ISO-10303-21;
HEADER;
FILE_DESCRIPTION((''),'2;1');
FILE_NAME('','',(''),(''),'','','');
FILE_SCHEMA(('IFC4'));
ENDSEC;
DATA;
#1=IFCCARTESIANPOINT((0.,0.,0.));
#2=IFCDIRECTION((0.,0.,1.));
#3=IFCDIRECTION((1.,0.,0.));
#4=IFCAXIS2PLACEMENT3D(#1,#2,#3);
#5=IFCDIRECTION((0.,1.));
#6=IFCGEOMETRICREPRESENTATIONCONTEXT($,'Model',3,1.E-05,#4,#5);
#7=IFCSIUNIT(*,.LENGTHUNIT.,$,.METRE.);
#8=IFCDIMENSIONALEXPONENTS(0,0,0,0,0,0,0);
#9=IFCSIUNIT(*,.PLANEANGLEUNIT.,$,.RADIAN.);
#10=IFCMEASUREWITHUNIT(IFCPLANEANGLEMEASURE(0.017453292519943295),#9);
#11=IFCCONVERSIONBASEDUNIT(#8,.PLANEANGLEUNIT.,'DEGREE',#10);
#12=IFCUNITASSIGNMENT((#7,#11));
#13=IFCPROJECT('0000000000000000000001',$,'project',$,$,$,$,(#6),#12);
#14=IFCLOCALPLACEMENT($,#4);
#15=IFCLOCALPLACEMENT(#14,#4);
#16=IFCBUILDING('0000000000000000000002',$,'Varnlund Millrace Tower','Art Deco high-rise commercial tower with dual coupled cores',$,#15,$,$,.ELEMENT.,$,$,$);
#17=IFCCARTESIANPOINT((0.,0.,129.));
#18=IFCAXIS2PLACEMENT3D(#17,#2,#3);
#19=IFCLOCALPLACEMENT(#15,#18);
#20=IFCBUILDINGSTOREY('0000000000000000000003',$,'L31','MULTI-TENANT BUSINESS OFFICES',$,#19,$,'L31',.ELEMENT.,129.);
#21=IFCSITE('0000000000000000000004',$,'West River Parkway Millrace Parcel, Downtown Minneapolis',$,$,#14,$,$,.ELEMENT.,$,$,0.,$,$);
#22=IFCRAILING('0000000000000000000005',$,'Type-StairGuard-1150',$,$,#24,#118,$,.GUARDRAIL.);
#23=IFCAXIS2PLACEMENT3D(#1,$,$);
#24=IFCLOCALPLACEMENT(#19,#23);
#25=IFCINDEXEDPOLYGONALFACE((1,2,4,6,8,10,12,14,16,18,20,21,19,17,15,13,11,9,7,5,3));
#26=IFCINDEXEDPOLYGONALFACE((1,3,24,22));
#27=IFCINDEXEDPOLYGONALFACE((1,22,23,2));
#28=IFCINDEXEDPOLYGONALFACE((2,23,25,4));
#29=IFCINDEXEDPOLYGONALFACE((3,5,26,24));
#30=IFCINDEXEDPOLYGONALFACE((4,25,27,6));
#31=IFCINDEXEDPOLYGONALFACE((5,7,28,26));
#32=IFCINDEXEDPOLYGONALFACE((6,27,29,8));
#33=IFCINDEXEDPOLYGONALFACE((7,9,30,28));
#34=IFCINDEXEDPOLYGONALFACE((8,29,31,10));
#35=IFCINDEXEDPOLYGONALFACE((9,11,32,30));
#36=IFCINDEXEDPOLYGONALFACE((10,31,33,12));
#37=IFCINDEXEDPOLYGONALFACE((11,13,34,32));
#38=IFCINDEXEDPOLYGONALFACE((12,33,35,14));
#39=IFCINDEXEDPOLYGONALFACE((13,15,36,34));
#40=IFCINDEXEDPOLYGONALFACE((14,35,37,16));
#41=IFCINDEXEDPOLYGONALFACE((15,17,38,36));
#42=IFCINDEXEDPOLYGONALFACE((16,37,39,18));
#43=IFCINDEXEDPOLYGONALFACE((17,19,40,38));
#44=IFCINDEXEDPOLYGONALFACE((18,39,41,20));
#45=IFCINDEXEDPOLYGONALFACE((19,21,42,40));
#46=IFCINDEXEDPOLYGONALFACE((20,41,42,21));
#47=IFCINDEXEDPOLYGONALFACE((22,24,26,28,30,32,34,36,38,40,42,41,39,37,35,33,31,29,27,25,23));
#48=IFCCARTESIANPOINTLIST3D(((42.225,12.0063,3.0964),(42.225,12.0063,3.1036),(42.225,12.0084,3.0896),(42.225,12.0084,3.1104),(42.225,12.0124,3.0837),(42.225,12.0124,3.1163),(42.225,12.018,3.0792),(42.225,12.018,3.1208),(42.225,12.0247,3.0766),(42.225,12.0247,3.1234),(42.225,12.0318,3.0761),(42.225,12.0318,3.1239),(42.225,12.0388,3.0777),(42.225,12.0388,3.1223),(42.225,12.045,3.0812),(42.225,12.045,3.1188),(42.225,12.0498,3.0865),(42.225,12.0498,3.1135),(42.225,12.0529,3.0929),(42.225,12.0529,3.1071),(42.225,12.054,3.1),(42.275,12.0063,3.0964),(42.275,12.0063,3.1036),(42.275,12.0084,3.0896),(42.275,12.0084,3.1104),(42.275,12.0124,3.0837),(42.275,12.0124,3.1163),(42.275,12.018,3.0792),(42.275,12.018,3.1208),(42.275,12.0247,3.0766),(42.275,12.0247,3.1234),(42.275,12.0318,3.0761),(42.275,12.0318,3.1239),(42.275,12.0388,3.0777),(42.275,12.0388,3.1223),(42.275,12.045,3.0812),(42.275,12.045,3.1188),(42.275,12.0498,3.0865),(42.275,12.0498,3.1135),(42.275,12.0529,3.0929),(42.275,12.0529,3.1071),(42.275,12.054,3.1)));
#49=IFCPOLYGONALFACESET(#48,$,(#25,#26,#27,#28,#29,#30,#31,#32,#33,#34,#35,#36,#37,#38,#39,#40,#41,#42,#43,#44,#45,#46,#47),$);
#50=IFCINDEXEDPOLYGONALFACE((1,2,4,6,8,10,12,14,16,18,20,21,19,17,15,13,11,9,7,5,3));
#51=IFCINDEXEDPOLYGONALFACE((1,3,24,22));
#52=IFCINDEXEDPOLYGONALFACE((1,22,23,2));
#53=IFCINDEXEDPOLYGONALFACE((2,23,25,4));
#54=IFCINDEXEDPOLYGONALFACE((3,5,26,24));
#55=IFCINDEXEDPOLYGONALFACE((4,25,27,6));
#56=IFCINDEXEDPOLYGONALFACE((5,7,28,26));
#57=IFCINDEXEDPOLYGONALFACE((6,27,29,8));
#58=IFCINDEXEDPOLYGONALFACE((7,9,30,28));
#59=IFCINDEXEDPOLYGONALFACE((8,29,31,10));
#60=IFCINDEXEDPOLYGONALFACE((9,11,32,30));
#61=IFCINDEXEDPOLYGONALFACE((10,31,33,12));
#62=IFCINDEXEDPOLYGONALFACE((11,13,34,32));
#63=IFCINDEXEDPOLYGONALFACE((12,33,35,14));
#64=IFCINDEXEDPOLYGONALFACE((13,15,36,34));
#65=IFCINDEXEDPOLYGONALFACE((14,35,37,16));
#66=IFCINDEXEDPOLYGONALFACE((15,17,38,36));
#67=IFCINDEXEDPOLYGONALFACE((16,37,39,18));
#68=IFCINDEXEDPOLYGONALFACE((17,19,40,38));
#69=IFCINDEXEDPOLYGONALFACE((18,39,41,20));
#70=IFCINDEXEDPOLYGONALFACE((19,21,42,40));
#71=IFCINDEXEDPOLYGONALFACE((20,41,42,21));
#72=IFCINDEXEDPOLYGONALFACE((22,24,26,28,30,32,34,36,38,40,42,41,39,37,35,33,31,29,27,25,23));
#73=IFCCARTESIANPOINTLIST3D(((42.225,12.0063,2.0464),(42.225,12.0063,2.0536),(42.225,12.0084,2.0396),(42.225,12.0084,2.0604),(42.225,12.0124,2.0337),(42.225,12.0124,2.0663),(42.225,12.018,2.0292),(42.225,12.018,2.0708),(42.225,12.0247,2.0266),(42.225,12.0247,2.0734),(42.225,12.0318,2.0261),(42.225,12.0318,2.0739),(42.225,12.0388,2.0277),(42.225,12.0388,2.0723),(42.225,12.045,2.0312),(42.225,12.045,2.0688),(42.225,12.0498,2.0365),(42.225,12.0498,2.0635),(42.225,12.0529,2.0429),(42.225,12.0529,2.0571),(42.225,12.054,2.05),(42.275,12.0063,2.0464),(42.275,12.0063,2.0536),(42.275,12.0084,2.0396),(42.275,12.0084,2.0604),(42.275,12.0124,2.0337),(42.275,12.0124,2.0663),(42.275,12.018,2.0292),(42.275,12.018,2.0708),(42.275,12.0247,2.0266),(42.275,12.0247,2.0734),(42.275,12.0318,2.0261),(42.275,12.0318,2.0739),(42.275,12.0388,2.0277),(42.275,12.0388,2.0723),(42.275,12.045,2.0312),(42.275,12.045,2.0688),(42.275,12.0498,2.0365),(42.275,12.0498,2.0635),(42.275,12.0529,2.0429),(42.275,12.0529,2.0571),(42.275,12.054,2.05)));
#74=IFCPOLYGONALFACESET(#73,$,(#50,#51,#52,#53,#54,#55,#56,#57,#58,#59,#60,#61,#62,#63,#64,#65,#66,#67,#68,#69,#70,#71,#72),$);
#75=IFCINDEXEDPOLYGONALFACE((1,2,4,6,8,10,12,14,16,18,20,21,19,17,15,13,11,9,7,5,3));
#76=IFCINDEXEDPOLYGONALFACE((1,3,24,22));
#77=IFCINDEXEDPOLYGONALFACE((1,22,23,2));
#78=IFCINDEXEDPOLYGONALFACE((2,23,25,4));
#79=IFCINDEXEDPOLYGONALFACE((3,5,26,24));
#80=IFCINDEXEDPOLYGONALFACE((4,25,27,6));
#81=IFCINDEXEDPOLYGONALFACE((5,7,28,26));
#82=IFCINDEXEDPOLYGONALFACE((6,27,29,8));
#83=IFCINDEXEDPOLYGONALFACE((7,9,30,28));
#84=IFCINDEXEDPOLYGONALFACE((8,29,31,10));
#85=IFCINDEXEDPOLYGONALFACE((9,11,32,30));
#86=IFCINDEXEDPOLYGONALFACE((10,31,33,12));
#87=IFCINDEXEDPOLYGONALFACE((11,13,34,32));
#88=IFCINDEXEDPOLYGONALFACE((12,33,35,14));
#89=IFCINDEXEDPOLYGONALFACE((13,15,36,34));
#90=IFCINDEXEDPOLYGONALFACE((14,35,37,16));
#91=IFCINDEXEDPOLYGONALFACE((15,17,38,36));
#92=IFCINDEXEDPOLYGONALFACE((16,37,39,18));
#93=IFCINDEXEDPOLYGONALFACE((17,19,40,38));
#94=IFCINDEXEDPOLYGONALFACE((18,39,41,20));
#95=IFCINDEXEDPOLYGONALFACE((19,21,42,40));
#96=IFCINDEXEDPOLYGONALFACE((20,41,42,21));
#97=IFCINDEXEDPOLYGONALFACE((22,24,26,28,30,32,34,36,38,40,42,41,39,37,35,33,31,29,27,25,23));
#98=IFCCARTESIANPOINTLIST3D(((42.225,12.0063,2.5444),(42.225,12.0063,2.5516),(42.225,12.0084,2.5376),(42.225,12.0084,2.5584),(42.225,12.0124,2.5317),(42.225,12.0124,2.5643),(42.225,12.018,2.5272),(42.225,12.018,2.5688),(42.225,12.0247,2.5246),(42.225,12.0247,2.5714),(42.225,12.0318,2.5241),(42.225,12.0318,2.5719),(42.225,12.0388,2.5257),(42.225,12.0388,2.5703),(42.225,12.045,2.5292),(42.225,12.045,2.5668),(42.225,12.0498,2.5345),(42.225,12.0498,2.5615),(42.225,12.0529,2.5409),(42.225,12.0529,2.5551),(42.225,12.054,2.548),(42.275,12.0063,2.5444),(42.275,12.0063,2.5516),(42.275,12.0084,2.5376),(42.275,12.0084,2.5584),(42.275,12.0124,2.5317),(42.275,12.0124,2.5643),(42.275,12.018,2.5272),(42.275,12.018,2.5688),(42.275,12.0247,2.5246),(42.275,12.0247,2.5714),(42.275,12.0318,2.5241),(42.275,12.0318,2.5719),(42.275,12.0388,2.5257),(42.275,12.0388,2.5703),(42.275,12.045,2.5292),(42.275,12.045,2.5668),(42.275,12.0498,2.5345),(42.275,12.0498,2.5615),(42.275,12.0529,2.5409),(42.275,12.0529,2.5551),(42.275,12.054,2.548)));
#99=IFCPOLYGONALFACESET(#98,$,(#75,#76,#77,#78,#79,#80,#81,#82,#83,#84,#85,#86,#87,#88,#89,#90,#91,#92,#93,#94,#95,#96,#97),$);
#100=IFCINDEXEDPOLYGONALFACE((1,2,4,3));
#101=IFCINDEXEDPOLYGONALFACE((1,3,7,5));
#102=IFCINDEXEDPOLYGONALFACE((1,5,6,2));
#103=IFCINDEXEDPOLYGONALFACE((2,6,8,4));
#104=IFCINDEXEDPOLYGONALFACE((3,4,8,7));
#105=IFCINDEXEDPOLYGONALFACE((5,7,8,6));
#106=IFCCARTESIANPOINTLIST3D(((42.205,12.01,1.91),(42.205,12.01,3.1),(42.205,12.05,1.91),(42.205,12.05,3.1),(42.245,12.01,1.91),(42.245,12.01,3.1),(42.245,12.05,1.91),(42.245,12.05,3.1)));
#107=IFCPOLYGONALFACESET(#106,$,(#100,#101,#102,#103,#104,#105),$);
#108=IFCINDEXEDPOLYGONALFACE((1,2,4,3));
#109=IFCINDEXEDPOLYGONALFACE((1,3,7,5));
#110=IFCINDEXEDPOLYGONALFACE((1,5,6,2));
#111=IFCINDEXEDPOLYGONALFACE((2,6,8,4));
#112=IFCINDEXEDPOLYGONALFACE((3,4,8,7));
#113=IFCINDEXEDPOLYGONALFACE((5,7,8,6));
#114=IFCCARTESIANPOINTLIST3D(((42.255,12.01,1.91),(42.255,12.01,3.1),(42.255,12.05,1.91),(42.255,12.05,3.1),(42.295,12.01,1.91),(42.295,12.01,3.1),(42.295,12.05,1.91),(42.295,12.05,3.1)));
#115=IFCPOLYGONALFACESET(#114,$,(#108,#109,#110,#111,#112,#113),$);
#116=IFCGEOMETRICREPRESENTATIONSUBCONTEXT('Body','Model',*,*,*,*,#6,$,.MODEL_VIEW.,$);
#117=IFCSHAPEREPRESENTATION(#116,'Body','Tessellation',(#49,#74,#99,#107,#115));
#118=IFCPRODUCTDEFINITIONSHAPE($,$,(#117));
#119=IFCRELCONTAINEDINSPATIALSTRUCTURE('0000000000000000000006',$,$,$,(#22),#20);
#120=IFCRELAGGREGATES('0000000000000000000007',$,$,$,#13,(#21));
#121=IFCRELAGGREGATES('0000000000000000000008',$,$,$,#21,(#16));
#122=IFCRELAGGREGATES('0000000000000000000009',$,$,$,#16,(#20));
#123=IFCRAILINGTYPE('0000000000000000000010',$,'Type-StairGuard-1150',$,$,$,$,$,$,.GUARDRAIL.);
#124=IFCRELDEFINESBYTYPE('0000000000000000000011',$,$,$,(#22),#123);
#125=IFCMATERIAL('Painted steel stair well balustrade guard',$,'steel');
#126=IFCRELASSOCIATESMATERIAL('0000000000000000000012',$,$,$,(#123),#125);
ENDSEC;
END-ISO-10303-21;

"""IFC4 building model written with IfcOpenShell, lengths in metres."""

from ifc_helpers import new_model, entity, si_unit, converted_unit, direction, frame, origin_with_axes, origin_2d_with_axis, place, context, subcontext, project, spatial, rectangle, circle, extrude, material, type_object, element, save


model = new_model("IFC4")

# Units and contexts
model_context = context("Model", 3, precision=1e-05, world=origin_with_axes(), true_north=direction((0.0, 1.0)))
body_context = subcontext(model_context, "Body", "Model", "MODEL_VIEW")
ifc_project = project(units=[si_unit("LENGTHUNIT", "METRE"), converted_unit("PLANEANGLEUNIT", "DEGREE", entity("IfcPlaneAngleMeasure", 0.017453292519943295), si_unit("PLANEANGLEUNIT", "RADIAN"), dimensions=[0, 0, 0, 0, 0, 0, 0])], contexts=[model_context])

# Site, building, storey
site_placement = place(None, origin_with_axes())
site = spatial("IfcSite", under=ifc_project, at=site_placement, Name="West River Parkway Millrace Parcel, Downtown Minneapolis", CompositionType="ELEMENT", RefElevation=0.0)
building_placement = place(site_placement, origin_with_axes())
building = spatial("IfcBuilding", under=site, at=building_placement, Name="Varnlund Millrace Tower", Description="Art Deco high-rise commercial tower with dual coupled cores", CompositionType="ELEMENT")
storey_placement = place(building_placement, frame((0.0, 0.0, 129.0), z_axis=(0.0, 0.0, 1.0), x_axis=(1.0, 0.0, 0.0)))
storey = spatial("IfcBuildingStorey", under=building, at=storey_placement, Name="L31", Description="MULTI-TENANT BUSINESS OFFICES", LongName="L31", CompositionType="ELEMENT", Elevation=129.0)

# Railing
ifc_material_1 = material(Name="Painted steel stair well balustrade guard", Category="steel")
railing_type_1 = type_object("IfcRailingType", Name="Type-StairGuard-1150", PredefinedType="GUARDRAIL", material=ifc_material_1)
railing_1_placement = place(storey_placement, frame((0.0, 0.0, -129.0), z_axis=(0.0, 0.0, 1.0), x_axis=(1.0, 0.0, 0.0)))
element("IfcRailing", 1, at=railing_1_placement, inside=storey, type_object=railing_type_1, Name="Type-StairGuard-1150", PredefinedType="GUARDRAIL", context=body_context, shape_type="SweptSolid", body=[
    extrude(circle(Radius=0.024, at=origin_2d_with_axis()), frame((42.225, 12.03, 132.1), z_axis=(1.0, 0.0, 0.0), x_axis=(0.0, 1.0, 0.0)), (0.0, 0.0, 1.0), 0.05),
    extrude(circle(Radius=0.024, at=origin_2d_with_axis()), frame((42.225, 12.03, 131.05), z_axis=(1.0, 0.0, 0.0), x_axis=(0.0, 1.0, 0.0)), (0.0, 0.0, 1.0), 0.05),
    extrude(circle(Radius=0.024, at=origin_2d_with_axis()), frame((42.225, 12.03, 131.548), z_axis=(1.0, 0.0, 0.0), x_axis=(0.0, 1.0, 0.0)), (0.0, 0.0, 1.0), 0.05),
    extrude(rectangle(XDim=0.04, YDim=0.04, at=origin_2d_with_axis()), frame((42.225, 12.03, 130.91), z_axis=(0.0, 0.0, 1.0), x_axis=(1.0, 0.0, 0.0)), (0.0, 0.0, 1.0), 1.19),
    extrude(rectangle(XDim=0.04, YDim=0.04, at=origin_2d_with_axis()), frame((42.275, 12.03, 130.91), z_axis=(0.0, 0.0, 1.0), x_axis=(1.0, 0.0, 0.0)), (0.0, 0.0, 1.0), 1.19),
])

save(model, "model.ifc")
